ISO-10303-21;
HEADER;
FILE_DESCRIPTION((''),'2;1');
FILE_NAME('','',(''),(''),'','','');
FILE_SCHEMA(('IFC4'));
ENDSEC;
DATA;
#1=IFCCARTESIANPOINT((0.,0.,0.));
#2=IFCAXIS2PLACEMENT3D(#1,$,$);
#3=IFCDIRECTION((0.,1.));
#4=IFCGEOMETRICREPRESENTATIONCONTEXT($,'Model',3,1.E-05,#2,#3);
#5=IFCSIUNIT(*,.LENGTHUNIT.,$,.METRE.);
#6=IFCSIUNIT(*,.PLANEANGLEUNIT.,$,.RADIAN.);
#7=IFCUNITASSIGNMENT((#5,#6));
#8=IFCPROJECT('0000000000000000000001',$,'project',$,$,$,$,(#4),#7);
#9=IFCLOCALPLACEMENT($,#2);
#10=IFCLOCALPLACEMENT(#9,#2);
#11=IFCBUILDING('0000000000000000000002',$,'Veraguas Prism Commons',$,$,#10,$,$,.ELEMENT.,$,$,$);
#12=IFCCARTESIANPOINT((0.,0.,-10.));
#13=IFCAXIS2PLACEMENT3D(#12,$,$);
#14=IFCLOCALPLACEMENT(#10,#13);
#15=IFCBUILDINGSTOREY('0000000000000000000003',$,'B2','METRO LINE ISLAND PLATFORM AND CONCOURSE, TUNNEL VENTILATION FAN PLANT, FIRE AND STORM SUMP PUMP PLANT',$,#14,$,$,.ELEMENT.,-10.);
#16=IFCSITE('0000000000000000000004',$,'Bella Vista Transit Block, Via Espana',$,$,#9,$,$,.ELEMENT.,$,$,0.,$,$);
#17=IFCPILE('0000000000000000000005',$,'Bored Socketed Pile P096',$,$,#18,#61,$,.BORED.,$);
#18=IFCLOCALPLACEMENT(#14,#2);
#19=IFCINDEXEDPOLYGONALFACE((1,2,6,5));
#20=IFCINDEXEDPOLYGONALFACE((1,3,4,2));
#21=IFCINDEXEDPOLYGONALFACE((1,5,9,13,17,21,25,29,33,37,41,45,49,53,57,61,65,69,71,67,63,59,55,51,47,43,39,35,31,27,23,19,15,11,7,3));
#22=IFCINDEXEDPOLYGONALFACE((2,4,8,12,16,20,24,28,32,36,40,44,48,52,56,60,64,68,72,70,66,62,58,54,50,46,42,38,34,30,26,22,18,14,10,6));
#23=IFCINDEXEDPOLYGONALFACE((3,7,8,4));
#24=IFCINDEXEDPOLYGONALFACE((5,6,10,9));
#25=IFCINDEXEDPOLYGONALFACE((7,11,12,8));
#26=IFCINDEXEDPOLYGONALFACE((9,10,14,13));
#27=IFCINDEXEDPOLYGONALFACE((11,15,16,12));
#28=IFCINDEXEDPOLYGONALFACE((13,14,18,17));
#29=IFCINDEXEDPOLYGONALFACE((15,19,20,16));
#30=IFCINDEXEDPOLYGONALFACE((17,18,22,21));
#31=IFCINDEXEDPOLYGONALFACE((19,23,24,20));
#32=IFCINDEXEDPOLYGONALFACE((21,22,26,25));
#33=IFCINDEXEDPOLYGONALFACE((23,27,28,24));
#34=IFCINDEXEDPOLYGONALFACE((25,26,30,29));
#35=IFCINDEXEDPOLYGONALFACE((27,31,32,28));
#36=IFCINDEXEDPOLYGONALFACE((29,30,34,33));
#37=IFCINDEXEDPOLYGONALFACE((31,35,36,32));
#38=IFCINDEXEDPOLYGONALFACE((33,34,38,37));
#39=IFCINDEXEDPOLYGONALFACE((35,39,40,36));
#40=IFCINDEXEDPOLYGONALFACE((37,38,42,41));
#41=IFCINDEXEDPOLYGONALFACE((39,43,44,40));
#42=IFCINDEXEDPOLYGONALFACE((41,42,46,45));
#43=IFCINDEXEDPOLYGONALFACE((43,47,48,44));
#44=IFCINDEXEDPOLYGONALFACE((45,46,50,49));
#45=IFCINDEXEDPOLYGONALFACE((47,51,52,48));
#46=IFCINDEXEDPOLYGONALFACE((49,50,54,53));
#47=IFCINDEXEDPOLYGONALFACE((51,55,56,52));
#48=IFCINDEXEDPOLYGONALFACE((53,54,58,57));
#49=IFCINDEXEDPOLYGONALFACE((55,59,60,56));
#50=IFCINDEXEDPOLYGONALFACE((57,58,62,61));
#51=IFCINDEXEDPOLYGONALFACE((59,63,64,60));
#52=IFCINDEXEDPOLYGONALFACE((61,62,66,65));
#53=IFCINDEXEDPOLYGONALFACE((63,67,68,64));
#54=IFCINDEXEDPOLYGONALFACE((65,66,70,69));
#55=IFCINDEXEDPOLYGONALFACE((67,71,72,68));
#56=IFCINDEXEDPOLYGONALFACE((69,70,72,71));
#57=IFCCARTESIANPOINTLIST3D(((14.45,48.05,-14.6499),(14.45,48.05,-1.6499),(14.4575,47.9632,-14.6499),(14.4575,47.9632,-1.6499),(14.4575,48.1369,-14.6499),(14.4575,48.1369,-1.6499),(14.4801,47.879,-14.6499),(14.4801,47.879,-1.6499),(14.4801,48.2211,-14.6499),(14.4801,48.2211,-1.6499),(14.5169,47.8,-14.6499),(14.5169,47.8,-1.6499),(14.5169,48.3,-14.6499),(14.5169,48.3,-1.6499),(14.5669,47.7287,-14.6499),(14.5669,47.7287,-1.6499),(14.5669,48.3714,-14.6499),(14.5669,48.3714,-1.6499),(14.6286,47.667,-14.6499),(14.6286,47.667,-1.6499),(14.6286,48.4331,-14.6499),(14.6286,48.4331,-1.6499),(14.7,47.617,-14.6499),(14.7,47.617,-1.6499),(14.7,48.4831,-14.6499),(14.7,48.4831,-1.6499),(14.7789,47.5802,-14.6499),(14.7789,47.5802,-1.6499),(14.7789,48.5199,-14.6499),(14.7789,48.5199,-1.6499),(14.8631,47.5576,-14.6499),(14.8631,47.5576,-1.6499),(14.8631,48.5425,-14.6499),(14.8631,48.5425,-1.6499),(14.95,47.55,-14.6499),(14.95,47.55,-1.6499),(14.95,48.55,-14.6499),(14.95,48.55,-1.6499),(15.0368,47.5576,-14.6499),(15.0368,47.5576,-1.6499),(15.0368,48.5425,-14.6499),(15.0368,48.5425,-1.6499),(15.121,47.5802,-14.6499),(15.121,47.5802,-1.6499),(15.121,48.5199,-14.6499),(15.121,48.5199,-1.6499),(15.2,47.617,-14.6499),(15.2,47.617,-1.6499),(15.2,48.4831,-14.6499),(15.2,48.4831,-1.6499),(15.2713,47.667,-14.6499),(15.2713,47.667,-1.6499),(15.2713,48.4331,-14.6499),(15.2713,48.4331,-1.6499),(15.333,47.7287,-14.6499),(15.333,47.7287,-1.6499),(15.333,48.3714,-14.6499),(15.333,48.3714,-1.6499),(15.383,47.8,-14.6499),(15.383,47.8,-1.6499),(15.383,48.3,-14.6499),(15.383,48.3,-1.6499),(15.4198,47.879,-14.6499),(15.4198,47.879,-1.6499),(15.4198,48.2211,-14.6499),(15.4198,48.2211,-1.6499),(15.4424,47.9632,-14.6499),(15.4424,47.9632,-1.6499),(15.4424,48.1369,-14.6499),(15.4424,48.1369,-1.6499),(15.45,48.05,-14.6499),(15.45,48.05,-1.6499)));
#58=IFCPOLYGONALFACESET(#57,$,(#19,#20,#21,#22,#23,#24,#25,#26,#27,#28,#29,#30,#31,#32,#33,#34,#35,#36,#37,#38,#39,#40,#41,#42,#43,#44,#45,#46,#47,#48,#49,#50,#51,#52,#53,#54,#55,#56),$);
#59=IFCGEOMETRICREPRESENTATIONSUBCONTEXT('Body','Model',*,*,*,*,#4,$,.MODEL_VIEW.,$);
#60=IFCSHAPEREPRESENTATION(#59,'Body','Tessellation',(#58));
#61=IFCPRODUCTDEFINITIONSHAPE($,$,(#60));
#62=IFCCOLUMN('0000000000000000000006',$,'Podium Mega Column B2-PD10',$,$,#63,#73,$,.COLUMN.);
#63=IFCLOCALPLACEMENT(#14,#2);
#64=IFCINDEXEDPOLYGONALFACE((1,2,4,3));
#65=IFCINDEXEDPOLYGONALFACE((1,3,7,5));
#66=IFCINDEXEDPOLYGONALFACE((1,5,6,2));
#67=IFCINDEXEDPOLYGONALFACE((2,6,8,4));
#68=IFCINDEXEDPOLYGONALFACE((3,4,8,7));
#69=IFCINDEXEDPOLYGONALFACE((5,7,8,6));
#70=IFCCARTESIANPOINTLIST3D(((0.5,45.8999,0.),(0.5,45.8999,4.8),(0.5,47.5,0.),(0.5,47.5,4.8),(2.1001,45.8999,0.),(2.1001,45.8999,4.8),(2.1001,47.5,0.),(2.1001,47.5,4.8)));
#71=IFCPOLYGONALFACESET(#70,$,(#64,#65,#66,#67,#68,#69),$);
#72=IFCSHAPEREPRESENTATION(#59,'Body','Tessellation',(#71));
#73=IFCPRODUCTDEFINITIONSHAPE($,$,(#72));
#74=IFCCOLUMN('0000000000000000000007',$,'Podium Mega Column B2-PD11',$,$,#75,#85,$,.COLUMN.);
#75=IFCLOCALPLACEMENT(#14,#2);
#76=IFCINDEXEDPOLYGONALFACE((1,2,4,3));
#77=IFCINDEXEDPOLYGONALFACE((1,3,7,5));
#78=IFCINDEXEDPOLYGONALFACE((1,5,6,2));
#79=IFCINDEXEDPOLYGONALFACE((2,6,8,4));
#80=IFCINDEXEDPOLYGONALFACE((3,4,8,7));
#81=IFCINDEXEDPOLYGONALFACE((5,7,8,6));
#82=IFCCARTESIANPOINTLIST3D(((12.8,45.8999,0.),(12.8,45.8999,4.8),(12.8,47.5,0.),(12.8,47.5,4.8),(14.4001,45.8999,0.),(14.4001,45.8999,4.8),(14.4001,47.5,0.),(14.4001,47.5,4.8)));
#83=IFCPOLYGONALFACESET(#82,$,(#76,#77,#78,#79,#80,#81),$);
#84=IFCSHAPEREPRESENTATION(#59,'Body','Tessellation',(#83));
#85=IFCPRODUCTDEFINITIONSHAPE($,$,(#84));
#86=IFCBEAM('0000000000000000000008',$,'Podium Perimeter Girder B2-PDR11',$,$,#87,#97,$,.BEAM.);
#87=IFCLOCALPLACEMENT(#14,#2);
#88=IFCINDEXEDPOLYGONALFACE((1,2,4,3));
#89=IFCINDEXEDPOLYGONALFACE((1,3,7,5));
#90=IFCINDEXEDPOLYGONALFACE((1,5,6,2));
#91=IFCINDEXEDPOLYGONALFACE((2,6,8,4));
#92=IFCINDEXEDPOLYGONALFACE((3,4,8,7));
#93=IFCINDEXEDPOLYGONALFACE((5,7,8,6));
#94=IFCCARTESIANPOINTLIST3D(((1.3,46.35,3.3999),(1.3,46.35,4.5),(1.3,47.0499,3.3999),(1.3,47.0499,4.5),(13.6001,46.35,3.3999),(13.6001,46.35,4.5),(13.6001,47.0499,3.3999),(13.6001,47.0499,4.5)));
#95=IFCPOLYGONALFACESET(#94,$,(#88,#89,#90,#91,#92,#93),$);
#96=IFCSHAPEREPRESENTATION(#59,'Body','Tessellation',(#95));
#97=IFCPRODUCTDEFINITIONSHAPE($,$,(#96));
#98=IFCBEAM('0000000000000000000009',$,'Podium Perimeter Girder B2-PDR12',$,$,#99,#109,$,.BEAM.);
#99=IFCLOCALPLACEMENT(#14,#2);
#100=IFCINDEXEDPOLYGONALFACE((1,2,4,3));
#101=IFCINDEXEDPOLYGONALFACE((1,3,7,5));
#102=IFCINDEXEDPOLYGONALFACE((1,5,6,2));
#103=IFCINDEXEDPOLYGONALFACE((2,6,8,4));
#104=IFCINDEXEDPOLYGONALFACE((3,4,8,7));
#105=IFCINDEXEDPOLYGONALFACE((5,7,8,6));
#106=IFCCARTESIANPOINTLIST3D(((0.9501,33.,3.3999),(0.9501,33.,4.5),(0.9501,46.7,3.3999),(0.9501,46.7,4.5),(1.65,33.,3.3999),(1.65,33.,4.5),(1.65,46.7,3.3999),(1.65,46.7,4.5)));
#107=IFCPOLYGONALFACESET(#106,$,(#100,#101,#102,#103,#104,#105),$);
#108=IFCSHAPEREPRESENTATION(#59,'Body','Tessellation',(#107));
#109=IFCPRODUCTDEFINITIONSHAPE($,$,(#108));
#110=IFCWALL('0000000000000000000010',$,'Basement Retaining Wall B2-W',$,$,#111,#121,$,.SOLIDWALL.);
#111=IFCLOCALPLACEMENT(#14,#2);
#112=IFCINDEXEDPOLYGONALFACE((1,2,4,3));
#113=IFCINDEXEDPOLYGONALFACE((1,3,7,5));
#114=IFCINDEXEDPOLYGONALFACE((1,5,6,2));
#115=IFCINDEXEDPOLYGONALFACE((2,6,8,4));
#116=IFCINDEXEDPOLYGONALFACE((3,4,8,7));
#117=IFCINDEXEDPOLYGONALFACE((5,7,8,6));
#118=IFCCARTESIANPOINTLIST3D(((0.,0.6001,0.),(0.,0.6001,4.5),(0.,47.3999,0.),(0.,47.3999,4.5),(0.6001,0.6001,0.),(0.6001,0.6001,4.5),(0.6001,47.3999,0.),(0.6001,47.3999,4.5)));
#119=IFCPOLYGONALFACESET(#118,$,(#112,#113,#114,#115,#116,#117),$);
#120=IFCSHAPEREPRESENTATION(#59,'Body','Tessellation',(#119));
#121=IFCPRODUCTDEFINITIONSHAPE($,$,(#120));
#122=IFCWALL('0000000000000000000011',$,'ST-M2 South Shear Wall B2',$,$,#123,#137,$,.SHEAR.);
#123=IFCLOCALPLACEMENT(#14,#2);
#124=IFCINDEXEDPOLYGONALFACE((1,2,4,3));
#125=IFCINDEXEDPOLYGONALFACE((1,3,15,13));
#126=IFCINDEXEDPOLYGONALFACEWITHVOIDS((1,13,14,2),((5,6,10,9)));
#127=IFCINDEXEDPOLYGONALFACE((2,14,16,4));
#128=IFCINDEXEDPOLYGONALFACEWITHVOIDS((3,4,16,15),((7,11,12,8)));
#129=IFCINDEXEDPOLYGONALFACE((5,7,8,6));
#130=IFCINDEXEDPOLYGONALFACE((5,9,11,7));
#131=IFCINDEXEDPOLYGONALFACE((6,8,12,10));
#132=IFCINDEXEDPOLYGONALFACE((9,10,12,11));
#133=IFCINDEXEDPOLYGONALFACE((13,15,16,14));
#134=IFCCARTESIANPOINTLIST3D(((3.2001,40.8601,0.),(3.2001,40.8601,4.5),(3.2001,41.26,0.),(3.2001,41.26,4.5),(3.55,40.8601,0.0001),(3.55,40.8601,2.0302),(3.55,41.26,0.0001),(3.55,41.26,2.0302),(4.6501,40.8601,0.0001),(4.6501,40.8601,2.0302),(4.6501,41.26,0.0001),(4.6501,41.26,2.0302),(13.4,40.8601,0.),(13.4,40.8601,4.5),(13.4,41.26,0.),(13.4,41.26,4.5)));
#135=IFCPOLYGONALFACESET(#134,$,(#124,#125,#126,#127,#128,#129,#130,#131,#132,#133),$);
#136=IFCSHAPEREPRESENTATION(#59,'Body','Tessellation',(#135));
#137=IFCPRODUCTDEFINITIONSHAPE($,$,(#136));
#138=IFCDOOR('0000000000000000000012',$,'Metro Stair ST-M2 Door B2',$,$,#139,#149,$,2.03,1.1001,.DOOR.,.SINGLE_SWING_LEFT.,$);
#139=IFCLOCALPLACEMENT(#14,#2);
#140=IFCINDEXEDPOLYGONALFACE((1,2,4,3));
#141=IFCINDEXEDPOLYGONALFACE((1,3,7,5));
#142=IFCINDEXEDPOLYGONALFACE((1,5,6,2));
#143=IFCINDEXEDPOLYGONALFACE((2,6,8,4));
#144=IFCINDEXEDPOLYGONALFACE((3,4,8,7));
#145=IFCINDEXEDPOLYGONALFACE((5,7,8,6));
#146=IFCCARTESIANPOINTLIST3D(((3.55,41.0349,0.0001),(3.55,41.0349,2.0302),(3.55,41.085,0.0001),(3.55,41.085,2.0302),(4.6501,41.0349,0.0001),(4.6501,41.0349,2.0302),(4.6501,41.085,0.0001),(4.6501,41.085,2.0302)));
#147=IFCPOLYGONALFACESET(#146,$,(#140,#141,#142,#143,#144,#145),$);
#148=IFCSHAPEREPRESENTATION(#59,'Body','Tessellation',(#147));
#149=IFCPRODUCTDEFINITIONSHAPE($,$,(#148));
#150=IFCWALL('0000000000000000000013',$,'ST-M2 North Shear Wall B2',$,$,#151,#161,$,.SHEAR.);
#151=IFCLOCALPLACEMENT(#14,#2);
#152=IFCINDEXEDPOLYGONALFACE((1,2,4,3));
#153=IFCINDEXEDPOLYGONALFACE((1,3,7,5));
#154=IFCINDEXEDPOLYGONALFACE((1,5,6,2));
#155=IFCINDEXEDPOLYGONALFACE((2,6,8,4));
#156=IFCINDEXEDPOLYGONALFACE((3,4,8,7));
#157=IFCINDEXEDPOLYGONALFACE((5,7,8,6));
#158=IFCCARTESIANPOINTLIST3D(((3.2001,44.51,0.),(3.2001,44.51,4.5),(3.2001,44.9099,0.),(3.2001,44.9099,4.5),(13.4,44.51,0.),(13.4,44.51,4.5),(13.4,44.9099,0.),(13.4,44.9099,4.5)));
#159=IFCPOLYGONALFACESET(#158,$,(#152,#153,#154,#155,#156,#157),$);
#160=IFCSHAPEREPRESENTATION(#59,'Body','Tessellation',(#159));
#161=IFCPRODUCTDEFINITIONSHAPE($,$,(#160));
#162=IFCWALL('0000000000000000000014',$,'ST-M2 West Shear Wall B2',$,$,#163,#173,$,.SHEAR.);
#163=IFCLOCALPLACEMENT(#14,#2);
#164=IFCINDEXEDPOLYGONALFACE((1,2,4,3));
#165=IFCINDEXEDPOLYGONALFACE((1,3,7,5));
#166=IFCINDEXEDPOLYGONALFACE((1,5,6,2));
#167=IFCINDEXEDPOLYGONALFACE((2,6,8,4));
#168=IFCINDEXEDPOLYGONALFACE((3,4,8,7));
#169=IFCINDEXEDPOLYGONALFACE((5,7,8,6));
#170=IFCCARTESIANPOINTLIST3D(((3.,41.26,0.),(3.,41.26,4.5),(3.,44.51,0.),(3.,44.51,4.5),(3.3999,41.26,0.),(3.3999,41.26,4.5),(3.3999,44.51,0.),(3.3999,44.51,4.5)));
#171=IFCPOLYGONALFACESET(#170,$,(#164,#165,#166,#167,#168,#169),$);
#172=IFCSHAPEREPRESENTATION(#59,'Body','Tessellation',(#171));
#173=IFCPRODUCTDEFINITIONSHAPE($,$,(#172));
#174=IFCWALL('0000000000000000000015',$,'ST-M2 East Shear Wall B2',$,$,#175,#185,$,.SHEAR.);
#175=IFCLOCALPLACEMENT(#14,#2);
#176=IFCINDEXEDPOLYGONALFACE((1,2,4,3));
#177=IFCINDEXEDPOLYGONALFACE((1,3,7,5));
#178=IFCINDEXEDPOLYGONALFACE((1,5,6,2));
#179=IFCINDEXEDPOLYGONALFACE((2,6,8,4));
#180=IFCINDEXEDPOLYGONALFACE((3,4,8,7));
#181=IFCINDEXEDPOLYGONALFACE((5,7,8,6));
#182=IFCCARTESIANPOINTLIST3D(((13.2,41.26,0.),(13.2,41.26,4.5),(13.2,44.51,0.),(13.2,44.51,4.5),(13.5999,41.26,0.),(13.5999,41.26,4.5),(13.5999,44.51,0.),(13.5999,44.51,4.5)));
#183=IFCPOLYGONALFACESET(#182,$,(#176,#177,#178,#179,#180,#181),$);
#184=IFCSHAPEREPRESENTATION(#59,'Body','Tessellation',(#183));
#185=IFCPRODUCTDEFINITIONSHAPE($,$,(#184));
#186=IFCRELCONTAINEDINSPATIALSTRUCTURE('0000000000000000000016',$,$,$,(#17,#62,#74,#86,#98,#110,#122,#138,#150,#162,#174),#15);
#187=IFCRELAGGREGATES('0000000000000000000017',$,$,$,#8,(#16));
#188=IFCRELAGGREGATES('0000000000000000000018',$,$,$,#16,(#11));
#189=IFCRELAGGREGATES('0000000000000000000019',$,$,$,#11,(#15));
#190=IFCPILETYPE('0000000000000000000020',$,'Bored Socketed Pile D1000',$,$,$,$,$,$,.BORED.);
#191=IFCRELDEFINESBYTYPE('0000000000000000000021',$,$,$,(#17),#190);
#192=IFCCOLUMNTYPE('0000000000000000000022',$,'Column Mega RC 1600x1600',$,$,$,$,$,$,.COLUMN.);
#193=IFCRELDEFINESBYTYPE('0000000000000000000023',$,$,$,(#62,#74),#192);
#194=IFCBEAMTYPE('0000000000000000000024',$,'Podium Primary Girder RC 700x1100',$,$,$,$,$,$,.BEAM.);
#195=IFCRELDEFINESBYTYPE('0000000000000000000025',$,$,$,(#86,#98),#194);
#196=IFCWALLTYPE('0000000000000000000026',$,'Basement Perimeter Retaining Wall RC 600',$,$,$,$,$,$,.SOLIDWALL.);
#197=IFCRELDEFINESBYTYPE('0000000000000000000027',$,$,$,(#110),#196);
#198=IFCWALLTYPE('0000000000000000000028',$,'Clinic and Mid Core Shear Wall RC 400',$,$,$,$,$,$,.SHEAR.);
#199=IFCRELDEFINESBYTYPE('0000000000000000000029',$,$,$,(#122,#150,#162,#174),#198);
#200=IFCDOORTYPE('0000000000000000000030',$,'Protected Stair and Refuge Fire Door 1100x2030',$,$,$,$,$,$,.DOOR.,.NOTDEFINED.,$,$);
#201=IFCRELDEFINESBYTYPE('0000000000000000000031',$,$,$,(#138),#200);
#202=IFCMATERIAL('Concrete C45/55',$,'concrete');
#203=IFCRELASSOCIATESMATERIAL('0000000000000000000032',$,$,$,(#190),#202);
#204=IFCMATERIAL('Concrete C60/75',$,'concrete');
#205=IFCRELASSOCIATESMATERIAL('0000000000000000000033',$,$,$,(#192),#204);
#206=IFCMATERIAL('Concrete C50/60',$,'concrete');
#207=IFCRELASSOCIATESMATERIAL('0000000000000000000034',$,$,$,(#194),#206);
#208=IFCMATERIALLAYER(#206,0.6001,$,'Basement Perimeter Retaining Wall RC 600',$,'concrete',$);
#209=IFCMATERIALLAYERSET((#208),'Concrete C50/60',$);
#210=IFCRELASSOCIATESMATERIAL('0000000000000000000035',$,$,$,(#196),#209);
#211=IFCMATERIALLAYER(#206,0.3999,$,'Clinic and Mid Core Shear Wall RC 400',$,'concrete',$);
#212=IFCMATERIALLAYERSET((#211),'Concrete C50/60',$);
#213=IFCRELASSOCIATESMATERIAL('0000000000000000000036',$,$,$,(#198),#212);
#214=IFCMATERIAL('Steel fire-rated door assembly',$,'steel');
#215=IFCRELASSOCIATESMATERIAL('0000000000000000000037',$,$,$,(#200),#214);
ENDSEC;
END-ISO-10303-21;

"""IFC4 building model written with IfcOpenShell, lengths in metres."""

from ifc_helpers import new_model, si_unit, direction, frame, frame_2d, origin, origin_2d, place, context, subcontext, project, spatial, rectangle, circle, extrude, source, transform, mapped, material, layer, layer_set, material_profile, profile_set, type_object, element, fill, save


model = new_model("IFC4")

# Units and contexts
model_context = context("Model", 3, precision=1e-05, world=origin(), true_north=direction((0.0, 1.0)))
body_context = subcontext(model_context, "Body", "Model", "MODEL_VIEW")
ifc_project = project(units=[si_unit("LENGTHUNIT", "METRE"), si_unit("PLANEANGLEUNIT", "RADIAN")], contexts=[model_context])

# Site, building, storey
site_placement = place(None, origin())
site = spatial("IfcSite", under=ifc_project, at=site_placement, Name="Bella Vista Transit Block, Via Espana", CompositionType="ELEMENT", RefElevation=0.0)
building_placement = place(site_placement, origin())
building = spatial("IfcBuilding", under=site, at=building_placement, Name="Veraguas Prism Commons", CompositionType="ELEMENT")
storey_placement = place(building_placement, frame((0.0, 0.0, -10.0)))
storey = spatial("IfcBuildingStorey", under=building, at=storey_placement, Name="B2", Description="METRO LINE ISLAND PLATFORM AND CONCOURSE, TUNNEL VENTILATION FAN PLANT, FIRE AND STORM SUMP PUMP PLANT", CompositionType="ELEMENT", Elevation=-10.0)

# Shared definitions
ifc_material_1 = material(Name="Concrete C45/55", Category="concrete")

# Pile
ifc_material_profile_1 = material_profile(ifc_material_1, circle(Radius=0.5, at=origin_2d()), Name="PILE1000")
ifc_profile_set_1 = profile_set([ifc_material_profile_1], Name="Concrete C45/55")
pile_type_1 = type_object("IfcPileType", Name="Bored Socketed Pile D1000", PredefinedType="BORED", material=ifc_profile_set_1)
shared_shape_1 = source(origin(), body_context, "Body", "SweptSolid", [
    extrude(circle(Radius=0.5, at=origin_2d()), origin(), (0.0, 0.0, 1.0), 13.0),
])
for number, where, z_axis, x_axis, name in (
    (1, (14.95, 48.05, -1.6499), (0.0, 0.0, -1.0), (1.0, 0.0, 0.0), "Bored Socketed Pile P096"),
):
    element("IfcPile", number, at=place(storey_placement, frame(where, z_axis=z_axis, x_axis=x_axis)), inside=storey, type_object=pile_type_1, Name=name, PredefinedType="BORED", context=body_context, shape_type="MappedRepresentation", body=[
        mapped(shared_shape_1, transform((0.0, 0.0, 0.0), scale=1.0)),
    ])

# Columns
ifc_material_2 = material(Name="Concrete C60/75", Category="concrete")
ifc_material_profile_2 = material_profile(ifc_material_2, rectangle(XDim=1.6001, YDim=1.6001, at=origin_2d()), Name="RC1600X1600")
ifc_profile_set_2 = profile_set([ifc_material_profile_2], Name="Concrete C60/75")
column_type = type_object("IfcColumnType", Name="Column Mega RC 1600x1600", PredefinedType="COLUMN", material=ifc_profile_set_2)
for number, where, z_axis, x_axis, name in (
    (2, (1.3, 46.7, 0.0), (0.0, 0.0, 1.0), (1.0, 0.0, 0.0), "Podium Mega Column B2-PD10"),
    (3, (13.6001, 46.7, 0.0), (0.0, 0.0, 1.0), (1.0, 0.0, 0.0), "Podium Mega Column B2-PD11"),
):
    element("IfcColumn", number, at=place(storey_placement, frame(where, z_axis=z_axis, x_axis=x_axis)), inside=storey, type_object=column_type, Name=name, PredefinedType="COLUMN", context=body_context, shape_type="SweptSolid", body=[
        extrude(rectangle(XDim=1.6001, YDim=1.6001, at=origin_2d()), origin(), (0.0, 0.0, 1.0), 4.8),
    ])

# Beams
ifc_material_3 = material(Name="Concrete C50/60", Category="concrete")
ifc_material_profile_3 = material_profile(ifc_material_3, rectangle(XDim=0.7, YDim=1.1001, at=origin_2d()), Name="RC700X1100")
ifc_profile_set_3 = profile_set([ifc_material_profile_3], Name="Concrete C50/60")
beam_type = type_object("IfcBeamType", Name="Podium Primary Girder RC 700x1100", PredefinedType="BEAM", material=ifc_profile_set_3)
beam_1_placement = place(storey_placement, frame((13.6001, 46.7, 3.95), z_axis=(-1.0, 0.0, 0.0), x_axis=(0.0, -1.0, 0.0)))
element("IfcBeam", 4, at=beam_1_placement, inside=storey, type_object=beam_type, Name="Podium Perimeter Girder B2-PDR11", PredefinedType="BEAM", context=body_context, shape_type="SweptSolid", body=[
    extrude(rectangle(XDim=0.7, YDim=1.1001, at=origin_2d()), origin(), (0.0, 0.0, 1.0), 12.3),
])
beam_2_placement = place(storey_placement, frame((1.3, 46.7, 3.95), z_axis=(0.0, -1.0, 0.0), x_axis=(1.0, 0.0, 0.0)))
element("IfcBeam", 5, at=beam_2_placement, inside=storey, type_object=beam_type, Name="Podium Perimeter Girder B2-PDR12", PredefinedType="BEAM", context=body_context, shape_type="SweptSolid", body=[
    extrude(rectangle(XDim=0.7, YDim=1.1001, at=origin_2d()), origin(), (0.0, 0.0, 1.0), 13.7),
])

# Wall
ifc_layer_1 = layer(ifc_material_3, 0.6001, Name="Basement Perimeter Retaining Wall RC 600", Category="concrete")
ifc_layer_set_1 = layer_set([ifc_layer_1], Name="Concrete C50/60")
wall_type_1 = type_object("IfcWallType", Name="Basement Perimeter Retaining Wall RC 600", PredefinedType="SOLIDWALL", material=ifc_layer_set_1)
wall_1_placement = place(storey_placement, frame((0.3, 47.3999, 0.0), z_axis=(0.0, 0.0, 1.0), x_axis=(0.0, -1.0, 0.0)))
element("IfcWall", 6, at=wall_1_placement, inside=storey, type_object=wall_type_1, Name="Basement Retaining Wall B2-W", PredefinedType="SOLIDWALL", context=body_context, shape_type="SweptSolid", body=[
    extrude(rectangle(XDim=46.7998, YDim=0.6001, at=frame_2d((23.3999, 0.0))), origin(), (0.0, 0.0, 1.0), 4.5),
])

# Wall, opening, door
ifc_layer_2 = layer(ifc_material_3, 0.3999, Name="Clinic and Mid Core Shear Wall RC 400", Category="concrete")
ifc_layer_set_2 = layer_set([ifc_layer_2], Name="Concrete C50/60")
wall_type_2 = type_object("IfcWallType", Name="Clinic and Mid Core Shear Wall RC 400", PredefinedType="SHEAR", material=ifc_layer_set_2)
wall_2_placement = place(storey_placement, frame((3.2, 41.0601, 0.0), z_axis=(0.0, 0.0, 1.0), x_axis=(1.0, 0.0, 0.0)))
wall_2 = element("IfcWall", 7, at=wall_2_placement, inside=storey, type_object=wall_type_2, Name="ST-M2 South Shear Wall B2", PredefinedType="SHEAR", context=body_context, shape_type="SweptSolid", body=[
    extrude(rectangle(XDim=10.2, YDim=0.3999, at=frame_2d((5.1001, 0.0))), origin(), (0.0, 0.0, 1.0), 4.5),
])
opening_placement = place(wall_2_placement, frame((0.3501, 0.0, 0.0)))
opening = element("IfcOpeningElement", 8, at=opening_placement, cuts=wall_2, PredefinedType="OPENING", context=body_context, shape_type="SweptSolid", body=[
    extrude(rectangle(XDim=1.1001, YDim=2.03, at=frame_2d((0.55, 1.0151))), frame((0.0, 0.21, 0.0), z_axis=(0.0, -1.0, 0.0), x_axis=(1.0, 0.0, 0.0)), (0.0, 0.0, 1.0), 0.4199),
])
ifc_material_4 = material(Name="Steel fire-rated door assembly", Category="steel")
door_type = type_object("IfcDoorType", Name="Protected Stair and Refuge Fire Door 1100x2030", OperationType="NOTDEFINED", PredefinedType="DOOR", material=ifc_material_4)
shared_shape_2 = source(origin(), body_context, "Body", "SweptSolid", [
    extrude(rectangle(XDim=1.1001, YDim=2.03, at=frame_2d((0.55, 1.0151))), frame((0.0, 0.0249, 0.0), z_axis=(0.0, -1.0, 0.0), x_axis=(1.0, 0.0, 0.0)), (0.0, 0.0, 1.0), 0.05),
])
door_placement = place(opening_placement, origin())
door = element("IfcDoor", 9, at=door_placement, inside=storey, type_object=door_type, Name="Metro Stair ST-M2 Door B2", OperationType="SINGLE_SWING_LEFT", OverallHeight=2.03, OverallWidth=1.1001, PredefinedType="DOOR", context=body_context, shape_type="MappedRepresentation", body=[
    mapped(shared_shape_2, transform((0.0, 0.0, 0.0), scale=1.0)),
])
fill(opening, door)

# Walls
wall_3_placement = place(storey_placement, frame((3.2, 44.71, 0.0), z_axis=(0.0, 0.0, 1.0), x_axis=(1.0, 0.0, 0.0)))
element("IfcWall", 10, at=wall_3_placement, inside=storey, type_object=wall_type_2, Name="ST-M2 North Shear Wall B2", PredefinedType="SHEAR", context=body_context, shape_type="SweptSolid", body=[
    extrude(rectangle(XDim=10.2, YDim=0.3999, at=frame_2d((5.1001, 0.0))), origin(), (0.0, 0.0, 1.0), 4.5),
])
for number, where, z_axis, x_axis, name in (
    (11, (3.2, 41.26, 0.0), (0.0, 0.0, 1.0), (0.0, 1.0, 0.0), "ST-M2 West Shear Wall B2"),
    (12, (13.3999, 41.26, 0.0), (0.0, 0.0, 1.0), (0.0, 1.0, 0.0), "ST-M2 East Shear Wall B2"),
):
    element("IfcWall", number, at=place(storey_placement, frame(where, z_axis=z_axis, x_axis=x_axis)), inside=storey, type_object=wall_type_2, Name=name, PredefinedType="SHEAR", context=body_context, shape_type="SweptSolid", body=[
        extrude(rectangle(XDim=3.25, YDim=0.3999, at=frame_2d((1.625, 0.0))), origin(), (0.0, 0.0, 1.0), 4.5),
    ])

save(model, "model.ifc")
